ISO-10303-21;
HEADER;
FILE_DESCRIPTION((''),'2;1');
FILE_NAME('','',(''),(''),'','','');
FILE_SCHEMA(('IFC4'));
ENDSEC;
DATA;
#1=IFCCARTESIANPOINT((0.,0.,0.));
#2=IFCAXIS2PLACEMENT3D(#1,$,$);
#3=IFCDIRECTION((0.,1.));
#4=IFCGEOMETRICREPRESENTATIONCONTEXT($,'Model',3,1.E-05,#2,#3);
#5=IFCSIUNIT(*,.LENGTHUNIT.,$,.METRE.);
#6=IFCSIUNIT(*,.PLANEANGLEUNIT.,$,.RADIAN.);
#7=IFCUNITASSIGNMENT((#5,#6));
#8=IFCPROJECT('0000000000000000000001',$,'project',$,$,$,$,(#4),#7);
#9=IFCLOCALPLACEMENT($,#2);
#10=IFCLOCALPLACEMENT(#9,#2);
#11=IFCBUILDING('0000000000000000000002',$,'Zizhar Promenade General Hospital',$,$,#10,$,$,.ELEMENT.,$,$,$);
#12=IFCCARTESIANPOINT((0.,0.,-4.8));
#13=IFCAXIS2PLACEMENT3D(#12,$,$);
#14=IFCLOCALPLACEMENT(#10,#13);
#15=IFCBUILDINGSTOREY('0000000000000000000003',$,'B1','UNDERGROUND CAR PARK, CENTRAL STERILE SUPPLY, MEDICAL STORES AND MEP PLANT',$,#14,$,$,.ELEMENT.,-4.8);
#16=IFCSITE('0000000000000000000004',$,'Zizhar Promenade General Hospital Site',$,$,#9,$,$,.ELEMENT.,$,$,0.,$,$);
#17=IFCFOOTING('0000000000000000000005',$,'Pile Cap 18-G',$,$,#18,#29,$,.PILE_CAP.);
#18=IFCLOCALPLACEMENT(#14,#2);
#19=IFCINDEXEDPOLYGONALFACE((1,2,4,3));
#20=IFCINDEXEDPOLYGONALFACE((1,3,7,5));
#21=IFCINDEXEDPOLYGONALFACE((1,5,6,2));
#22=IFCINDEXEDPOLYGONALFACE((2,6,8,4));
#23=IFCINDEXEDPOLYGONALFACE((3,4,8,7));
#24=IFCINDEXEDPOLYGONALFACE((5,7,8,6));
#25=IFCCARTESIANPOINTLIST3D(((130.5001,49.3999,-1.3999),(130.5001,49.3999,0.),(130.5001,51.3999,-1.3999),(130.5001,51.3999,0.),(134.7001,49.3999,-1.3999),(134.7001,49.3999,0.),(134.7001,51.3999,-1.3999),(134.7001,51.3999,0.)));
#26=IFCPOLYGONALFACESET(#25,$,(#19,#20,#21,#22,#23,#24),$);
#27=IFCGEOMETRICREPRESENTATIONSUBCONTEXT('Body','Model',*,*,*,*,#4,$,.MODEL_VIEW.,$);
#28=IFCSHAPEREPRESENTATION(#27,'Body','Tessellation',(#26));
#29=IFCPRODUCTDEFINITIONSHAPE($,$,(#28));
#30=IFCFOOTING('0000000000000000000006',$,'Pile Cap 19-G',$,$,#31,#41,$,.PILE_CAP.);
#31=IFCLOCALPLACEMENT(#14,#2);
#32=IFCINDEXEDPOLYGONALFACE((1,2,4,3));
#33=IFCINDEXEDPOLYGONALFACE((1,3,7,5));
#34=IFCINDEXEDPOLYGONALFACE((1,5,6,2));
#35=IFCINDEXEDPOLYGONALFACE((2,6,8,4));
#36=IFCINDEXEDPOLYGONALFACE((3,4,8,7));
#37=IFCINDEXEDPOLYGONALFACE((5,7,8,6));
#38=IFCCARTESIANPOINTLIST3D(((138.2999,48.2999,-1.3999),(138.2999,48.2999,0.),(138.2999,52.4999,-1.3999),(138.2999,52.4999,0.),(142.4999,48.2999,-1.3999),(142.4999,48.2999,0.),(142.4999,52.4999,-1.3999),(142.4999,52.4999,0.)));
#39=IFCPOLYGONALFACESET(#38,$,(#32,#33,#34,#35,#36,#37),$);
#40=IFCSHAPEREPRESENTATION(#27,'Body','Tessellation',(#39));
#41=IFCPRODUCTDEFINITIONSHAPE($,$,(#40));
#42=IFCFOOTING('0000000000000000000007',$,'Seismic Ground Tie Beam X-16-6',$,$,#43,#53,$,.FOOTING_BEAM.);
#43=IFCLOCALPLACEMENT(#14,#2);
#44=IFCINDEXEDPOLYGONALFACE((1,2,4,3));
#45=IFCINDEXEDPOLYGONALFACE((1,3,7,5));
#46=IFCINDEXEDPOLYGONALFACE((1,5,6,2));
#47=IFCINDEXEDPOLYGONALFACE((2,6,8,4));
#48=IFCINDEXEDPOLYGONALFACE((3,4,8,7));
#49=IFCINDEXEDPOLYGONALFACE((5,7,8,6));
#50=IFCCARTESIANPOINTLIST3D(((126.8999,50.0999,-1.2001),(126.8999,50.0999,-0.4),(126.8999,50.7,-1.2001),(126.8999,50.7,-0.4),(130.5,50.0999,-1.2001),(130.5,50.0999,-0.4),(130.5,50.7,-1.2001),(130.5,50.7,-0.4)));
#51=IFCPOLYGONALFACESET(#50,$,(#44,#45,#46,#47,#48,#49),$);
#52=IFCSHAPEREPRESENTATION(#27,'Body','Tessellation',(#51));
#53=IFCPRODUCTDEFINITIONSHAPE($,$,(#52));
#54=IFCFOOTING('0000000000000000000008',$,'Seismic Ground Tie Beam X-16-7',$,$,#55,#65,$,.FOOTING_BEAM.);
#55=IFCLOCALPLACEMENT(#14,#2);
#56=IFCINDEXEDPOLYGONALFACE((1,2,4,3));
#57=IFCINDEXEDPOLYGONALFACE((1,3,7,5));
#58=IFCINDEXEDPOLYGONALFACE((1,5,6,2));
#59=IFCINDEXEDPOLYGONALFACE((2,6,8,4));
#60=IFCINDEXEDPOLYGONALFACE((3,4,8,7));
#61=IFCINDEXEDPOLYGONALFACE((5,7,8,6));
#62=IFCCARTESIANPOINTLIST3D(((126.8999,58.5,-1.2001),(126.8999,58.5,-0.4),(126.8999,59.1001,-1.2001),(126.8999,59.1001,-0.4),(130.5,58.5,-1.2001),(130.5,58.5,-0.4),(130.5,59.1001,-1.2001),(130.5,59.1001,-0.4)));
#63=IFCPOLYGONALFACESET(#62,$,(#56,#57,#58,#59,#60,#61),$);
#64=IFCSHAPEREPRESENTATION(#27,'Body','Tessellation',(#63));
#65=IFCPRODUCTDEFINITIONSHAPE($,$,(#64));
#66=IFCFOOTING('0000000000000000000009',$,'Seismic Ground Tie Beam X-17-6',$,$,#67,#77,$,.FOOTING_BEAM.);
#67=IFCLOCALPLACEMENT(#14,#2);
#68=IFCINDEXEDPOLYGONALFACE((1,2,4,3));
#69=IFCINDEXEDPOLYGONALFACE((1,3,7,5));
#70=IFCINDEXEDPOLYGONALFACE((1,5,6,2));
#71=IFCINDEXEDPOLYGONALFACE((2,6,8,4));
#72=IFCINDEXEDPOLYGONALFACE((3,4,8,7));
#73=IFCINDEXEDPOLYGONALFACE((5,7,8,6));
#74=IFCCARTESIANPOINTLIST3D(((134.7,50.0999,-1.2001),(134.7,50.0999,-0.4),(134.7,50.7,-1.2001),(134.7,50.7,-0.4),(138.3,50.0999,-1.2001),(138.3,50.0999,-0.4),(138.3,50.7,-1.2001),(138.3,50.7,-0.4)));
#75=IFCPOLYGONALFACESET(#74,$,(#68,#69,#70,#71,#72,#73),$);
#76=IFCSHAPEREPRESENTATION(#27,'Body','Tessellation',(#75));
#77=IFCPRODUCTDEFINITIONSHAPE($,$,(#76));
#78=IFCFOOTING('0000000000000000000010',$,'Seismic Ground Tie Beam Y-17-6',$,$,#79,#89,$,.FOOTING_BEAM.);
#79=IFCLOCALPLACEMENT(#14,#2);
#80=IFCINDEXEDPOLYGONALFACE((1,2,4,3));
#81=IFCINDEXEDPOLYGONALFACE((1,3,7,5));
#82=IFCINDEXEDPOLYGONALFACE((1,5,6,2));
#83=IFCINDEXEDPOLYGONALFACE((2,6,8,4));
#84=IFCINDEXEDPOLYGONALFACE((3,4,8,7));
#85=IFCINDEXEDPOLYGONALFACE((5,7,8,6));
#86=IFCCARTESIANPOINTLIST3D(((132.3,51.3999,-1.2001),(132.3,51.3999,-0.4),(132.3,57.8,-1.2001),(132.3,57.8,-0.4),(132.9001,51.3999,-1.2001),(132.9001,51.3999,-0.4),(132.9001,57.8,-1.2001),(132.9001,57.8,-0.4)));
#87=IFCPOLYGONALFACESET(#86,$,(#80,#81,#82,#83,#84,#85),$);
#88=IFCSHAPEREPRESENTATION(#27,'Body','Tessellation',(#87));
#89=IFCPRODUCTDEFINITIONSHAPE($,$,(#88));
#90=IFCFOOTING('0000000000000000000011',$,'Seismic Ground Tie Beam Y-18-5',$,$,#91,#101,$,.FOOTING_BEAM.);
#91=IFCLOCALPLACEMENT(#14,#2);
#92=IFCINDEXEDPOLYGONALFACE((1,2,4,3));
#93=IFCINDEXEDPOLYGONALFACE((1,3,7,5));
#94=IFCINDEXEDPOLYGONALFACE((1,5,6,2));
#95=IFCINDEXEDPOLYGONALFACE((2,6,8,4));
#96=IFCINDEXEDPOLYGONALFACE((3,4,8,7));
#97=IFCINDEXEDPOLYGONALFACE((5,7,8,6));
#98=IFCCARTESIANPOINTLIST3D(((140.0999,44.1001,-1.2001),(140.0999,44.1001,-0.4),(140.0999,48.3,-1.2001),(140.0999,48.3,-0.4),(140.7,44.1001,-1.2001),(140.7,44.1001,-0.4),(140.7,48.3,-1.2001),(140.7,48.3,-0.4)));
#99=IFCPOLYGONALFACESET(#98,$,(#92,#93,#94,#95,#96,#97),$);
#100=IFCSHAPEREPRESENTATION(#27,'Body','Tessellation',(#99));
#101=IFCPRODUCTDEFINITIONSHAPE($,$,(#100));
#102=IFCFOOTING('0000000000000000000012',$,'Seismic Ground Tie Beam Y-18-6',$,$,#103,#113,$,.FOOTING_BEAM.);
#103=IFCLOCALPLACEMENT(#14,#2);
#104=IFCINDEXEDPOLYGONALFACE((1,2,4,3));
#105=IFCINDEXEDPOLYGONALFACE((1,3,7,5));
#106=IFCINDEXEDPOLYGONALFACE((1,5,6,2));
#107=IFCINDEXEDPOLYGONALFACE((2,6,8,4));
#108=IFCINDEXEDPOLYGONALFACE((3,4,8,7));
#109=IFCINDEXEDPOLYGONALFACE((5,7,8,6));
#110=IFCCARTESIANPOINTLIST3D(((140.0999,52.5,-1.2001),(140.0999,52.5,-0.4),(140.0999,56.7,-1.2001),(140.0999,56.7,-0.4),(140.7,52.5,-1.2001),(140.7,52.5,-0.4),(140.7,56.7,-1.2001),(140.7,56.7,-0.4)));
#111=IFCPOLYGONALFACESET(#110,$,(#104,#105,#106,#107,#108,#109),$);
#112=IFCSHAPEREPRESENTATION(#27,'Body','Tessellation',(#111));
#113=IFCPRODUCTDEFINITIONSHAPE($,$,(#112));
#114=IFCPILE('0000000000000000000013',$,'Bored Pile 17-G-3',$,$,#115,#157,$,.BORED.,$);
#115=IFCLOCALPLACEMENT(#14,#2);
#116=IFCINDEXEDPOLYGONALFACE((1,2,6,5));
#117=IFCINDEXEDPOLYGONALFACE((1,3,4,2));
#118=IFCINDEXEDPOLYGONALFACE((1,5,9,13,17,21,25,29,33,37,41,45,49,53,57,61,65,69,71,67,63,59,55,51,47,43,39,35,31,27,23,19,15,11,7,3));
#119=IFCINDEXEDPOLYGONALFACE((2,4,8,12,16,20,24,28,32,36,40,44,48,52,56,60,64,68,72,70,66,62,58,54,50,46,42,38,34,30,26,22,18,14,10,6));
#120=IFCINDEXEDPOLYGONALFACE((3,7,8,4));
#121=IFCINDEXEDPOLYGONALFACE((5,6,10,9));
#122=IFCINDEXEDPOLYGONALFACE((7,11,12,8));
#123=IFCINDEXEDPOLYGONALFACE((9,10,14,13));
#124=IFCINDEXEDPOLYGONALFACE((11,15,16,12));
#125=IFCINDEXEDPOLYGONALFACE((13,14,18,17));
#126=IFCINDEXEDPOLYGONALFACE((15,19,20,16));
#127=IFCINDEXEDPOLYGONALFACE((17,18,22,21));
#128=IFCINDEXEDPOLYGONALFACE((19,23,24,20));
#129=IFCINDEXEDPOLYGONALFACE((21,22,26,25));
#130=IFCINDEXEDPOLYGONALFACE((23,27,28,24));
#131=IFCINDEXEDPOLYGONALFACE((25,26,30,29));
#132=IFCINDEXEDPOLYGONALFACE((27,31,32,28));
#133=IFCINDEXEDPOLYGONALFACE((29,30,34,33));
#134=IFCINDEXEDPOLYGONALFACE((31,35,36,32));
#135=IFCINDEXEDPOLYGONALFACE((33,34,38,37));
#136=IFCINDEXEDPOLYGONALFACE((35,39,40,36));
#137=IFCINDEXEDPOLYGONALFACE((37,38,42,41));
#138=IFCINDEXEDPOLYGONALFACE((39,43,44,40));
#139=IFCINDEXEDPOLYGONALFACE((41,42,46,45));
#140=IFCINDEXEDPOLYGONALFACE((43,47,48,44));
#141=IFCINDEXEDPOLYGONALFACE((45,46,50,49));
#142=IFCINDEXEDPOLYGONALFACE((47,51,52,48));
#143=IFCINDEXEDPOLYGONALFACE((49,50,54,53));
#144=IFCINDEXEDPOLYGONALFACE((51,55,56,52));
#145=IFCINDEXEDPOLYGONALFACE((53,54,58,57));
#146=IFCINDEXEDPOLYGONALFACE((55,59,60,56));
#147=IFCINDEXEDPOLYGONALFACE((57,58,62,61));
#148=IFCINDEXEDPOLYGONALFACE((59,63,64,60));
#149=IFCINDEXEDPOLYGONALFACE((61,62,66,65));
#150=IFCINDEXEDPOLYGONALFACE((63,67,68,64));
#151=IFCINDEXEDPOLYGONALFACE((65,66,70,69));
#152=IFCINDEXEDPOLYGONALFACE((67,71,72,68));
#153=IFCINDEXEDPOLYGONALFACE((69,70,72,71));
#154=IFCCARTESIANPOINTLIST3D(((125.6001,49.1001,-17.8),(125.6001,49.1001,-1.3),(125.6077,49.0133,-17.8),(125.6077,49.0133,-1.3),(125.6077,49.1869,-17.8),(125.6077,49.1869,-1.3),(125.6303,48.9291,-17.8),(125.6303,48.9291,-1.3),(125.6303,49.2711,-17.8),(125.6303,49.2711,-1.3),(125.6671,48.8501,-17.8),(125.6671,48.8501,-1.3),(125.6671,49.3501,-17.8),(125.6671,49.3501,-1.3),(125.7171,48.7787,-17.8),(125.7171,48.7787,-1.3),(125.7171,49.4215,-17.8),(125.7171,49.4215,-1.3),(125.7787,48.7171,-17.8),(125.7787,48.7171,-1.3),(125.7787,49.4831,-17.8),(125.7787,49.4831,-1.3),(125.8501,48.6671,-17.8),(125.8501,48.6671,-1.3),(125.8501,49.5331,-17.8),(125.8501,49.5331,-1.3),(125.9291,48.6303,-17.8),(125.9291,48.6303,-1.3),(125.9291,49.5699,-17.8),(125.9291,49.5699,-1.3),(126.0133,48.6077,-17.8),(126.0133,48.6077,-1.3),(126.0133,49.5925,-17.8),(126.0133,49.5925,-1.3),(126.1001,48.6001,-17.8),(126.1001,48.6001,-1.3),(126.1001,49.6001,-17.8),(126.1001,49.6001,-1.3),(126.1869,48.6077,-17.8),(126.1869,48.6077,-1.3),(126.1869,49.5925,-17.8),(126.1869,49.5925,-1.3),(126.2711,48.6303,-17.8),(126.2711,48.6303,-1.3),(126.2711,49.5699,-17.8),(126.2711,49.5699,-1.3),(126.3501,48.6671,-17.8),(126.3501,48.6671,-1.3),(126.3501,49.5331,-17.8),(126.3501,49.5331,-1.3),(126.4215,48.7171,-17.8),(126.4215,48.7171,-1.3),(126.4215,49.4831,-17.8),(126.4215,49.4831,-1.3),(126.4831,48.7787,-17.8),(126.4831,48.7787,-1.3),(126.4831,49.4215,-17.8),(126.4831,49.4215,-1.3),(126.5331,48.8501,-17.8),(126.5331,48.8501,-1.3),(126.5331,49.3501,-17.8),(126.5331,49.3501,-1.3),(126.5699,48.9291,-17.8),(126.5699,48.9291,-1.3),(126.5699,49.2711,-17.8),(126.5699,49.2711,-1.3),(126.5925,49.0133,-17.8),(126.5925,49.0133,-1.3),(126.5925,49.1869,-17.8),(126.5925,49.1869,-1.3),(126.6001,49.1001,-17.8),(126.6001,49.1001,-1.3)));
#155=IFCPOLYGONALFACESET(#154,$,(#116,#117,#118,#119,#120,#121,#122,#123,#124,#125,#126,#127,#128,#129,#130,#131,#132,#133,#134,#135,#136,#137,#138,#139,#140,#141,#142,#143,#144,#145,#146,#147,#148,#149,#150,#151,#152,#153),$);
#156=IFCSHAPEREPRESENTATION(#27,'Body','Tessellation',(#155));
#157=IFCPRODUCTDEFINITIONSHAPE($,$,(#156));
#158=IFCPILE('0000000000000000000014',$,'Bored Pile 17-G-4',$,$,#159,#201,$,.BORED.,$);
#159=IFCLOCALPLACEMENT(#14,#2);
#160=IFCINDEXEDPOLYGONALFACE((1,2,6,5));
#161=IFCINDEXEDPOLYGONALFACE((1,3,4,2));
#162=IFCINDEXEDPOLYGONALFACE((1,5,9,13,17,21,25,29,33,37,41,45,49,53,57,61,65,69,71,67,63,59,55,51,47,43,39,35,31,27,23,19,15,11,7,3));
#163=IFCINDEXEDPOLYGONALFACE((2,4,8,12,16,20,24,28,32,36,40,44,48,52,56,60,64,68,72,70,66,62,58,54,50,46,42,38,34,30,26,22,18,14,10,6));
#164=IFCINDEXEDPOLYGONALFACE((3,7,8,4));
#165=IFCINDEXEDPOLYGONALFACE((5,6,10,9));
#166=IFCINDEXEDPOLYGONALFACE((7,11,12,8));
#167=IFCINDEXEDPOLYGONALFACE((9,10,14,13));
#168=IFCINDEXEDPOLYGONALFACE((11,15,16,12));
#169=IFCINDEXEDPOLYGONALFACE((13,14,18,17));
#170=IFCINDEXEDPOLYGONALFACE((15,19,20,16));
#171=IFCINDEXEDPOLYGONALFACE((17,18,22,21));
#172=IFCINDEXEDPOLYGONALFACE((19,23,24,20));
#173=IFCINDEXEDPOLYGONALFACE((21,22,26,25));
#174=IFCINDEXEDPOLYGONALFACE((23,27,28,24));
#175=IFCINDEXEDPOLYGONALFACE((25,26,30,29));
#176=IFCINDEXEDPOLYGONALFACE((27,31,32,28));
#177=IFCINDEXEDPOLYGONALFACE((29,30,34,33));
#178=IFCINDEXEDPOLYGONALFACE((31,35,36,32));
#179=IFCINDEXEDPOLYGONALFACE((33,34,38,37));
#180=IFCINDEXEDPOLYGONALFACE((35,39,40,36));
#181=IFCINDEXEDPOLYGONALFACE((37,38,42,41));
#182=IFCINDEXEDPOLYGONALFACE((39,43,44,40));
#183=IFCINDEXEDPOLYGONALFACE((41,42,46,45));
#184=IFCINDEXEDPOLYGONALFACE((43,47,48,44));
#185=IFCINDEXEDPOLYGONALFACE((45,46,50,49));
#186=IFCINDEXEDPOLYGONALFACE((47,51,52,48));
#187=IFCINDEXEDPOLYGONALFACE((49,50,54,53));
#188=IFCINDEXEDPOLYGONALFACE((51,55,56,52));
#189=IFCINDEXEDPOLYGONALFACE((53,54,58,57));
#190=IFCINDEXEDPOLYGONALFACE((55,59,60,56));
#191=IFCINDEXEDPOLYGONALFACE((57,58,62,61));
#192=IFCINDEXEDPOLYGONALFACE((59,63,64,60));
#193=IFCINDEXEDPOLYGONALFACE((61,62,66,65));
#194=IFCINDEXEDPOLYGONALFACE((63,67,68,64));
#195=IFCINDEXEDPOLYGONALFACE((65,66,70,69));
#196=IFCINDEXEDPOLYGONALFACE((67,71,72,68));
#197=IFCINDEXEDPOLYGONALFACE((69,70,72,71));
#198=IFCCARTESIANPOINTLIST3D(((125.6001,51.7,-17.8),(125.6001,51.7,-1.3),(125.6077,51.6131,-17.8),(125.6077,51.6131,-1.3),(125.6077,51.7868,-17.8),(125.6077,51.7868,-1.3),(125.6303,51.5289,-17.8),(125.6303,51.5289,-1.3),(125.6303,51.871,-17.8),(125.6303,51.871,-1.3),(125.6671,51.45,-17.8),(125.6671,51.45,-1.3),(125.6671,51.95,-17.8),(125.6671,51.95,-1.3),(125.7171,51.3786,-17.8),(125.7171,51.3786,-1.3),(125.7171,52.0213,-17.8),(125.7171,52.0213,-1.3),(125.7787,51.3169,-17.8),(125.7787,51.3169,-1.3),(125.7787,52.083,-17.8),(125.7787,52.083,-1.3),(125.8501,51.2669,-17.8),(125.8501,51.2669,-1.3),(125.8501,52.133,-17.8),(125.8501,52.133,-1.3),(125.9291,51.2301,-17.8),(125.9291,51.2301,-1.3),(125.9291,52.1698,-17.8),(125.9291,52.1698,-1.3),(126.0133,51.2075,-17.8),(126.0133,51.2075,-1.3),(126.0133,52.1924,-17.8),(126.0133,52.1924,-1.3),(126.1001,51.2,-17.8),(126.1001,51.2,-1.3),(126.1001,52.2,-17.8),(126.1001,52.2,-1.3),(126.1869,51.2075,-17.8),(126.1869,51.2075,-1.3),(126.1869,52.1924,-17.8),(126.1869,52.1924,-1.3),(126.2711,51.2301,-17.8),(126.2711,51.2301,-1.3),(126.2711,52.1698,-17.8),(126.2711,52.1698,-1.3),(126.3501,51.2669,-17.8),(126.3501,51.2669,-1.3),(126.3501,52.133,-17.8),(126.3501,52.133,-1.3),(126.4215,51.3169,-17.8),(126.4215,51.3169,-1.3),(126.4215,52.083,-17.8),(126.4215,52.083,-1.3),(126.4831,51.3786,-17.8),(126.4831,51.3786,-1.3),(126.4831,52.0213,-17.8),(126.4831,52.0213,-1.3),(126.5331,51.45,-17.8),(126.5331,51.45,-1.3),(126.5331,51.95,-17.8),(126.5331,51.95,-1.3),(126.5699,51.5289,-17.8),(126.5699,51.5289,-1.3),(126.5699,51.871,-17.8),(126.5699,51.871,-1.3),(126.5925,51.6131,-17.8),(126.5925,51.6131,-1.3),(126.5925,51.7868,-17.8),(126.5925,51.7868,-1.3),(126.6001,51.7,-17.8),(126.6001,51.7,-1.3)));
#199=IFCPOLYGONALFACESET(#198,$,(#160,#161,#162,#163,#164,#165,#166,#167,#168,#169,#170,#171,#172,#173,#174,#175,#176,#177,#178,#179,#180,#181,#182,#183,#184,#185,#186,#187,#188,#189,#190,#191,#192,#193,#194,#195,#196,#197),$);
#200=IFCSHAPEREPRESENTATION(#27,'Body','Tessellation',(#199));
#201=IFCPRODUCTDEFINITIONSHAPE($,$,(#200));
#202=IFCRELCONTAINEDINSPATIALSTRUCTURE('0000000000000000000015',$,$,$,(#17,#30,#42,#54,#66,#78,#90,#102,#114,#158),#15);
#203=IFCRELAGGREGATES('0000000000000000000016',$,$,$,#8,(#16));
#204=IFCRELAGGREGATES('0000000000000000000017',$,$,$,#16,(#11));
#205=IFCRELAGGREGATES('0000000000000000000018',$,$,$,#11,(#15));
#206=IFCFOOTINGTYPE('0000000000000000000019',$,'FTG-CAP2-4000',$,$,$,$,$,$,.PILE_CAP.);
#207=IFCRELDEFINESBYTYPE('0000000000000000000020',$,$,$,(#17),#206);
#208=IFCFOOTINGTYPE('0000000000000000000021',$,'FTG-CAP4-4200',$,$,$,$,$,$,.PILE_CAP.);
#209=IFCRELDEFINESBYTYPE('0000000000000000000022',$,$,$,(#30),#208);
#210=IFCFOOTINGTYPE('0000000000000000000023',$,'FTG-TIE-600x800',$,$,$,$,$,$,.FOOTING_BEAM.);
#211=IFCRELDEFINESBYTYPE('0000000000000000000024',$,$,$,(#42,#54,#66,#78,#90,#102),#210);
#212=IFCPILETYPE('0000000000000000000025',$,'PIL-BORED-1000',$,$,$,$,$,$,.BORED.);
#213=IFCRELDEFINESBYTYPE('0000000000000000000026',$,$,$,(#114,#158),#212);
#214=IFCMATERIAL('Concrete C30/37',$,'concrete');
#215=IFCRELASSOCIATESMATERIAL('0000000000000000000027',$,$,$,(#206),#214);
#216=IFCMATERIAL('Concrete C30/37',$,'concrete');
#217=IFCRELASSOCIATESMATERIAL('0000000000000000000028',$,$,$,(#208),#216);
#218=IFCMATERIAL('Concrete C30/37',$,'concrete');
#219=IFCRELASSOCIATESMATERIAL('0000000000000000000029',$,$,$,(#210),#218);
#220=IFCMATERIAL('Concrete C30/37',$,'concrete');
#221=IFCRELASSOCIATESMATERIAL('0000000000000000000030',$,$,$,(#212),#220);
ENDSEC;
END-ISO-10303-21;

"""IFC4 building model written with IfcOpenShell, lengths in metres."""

from ifc_helpers import new_model, si_unit, direction, frame, origin, origin_2d, place, context, subcontext, project, spatial, rectangle, circle, extrude, material, material_profile, profile_set, type_object, element, save


model = new_model("IFC4")

# Units and contexts
model_context = context("Model", 3, precision=1e-05, world=origin(), true_north=direction((0.0, 1.0)))
body_context = subcontext(model_context, "Body", "Model", "MODEL_VIEW")
ifc_project = project(units=[si_unit("LENGTHUNIT", "METRE"), si_unit("PLANEANGLEUNIT", "RADIAN")], contexts=[model_context])

# Site, building, storey
site_placement = place(None, origin())
site = spatial("IfcSite", under=ifc_project, at=site_placement, Name="Zizhar Promenade General Hospital Site", CompositionType="ELEMENT", RefElevation=0.0)
building_placement = place(site_placement, origin())
building = spatial("IfcBuilding", under=site, at=building_placement, Name="Zizhar Promenade General Hospital", CompositionType="ELEMENT")
storey_placement = place(building_placement, frame((0.0, 0.0, -4.8)))
storey = spatial("IfcBuildingStorey", under=building, at=storey_placement, Name="B1", Description="UNDERGROUND CAR PARK, CENTRAL STERILE SUPPLY, MEDICAL STORES AND MEP PLANT", CompositionType="ELEMENT", Elevation=-4.8)

# Footings
ifc_material_1 = material(Name="Concrete C30/37", Category="concrete")
footing_type_1 = type_object("IfcFootingType", Name="FTG-CAP2-4000", PredefinedType="PILE_CAP", material=ifc_material_1)
footing_1_placement = place(storey_placement, frame((132.6001, 50.3999, -1.3999), z_axis=(0.0, 0.0, 1.0), x_axis=(1.0, 0.0, 0.0)))
element("IfcFooting", 1, at=footing_1_placement, inside=storey, type_object=footing_type_1, Name="Pile Cap 18-G", PredefinedType="PILE_CAP", context=body_context, shape_type="SweptSolid", body=[
    extrude(rectangle(XDim=4.2, YDim=2.0, at=origin_2d()), origin(), (0.0, 0.0, 1.0), 1.3999),
])
ifc_material_2 = material(Name="Concrete C30/37", Category="concrete")
footing_type_2 = type_object("IfcFootingType", Name="FTG-CAP4-4200", PredefinedType="PILE_CAP", material=ifc_material_2)
footing_2_placement = place(storey_placement, frame((140.3999, 50.3999, -1.3999), z_axis=(0.0, 0.0, 1.0), x_axis=(1.0, 0.0, 0.0)))
element("IfcFooting", 2, at=footing_2_placement, inside=storey, type_object=footing_type_2, Name="Pile Cap 19-G", PredefinedType="PILE_CAP", context=body_context, shape_type="SweptSolid", body=[
    extrude(rectangle(XDim=4.2, YDim=4.2, at=origin_2d()), origin(), (0.0, 0.0, 1.0), 1.3999),
])
ifc_material_3 = material(Name="Concrete C30/37", Category="concrete")
ifc_material_profile_1 = material_profile(ifc_material_3, rectangle(XDim=0.6001, YDim=0.8, at=origin_2d()))
ifc_profile_set_1 = profile_set([ifc_material_profile_1], Name="Concrete C30/37")
footing_type_3 = type_object("IfcFootingType", Name="FTG-TIE-600x800", PredefinedType="FOOTING_BEAM", material=ifc_profile_set_1)
for number, where, z_axis, x_axis, name in (
    (3, (126.8999, 50.3999, -0.8), (1.0, 0.0, 0.0), (0.0, 1.0, 0.0), "Seismic Ground Tie Beam X-16-6"),
    (4, (126.8999, 58.8, -0.8), (1.0, 0.0, 0.0), (0.0, 1.0, 0.0), "Seismic Ground Tie Beam X-16-7"),
    (5, (134.7, 50.3999, -0.8), (1.0, 0.0, 0.0), (0.0, 1.0, 0.0), "Seismic Ground Tie Beam X-17-6"),
):
    element("IfcFooting", number, at=place(storey_placement, frame(where, z_axis=z_axis, x_axis=x_axis)), inside=storey, type_object=footing_type_3, Name=name, PredefinedType="FOOTING_BEAM", context=body_context, shape_type="SweptSolid", body=[
        extrude(rectangle(XDim=0.6001, YDim=0.8, at=origin_2d()), origin(), (0.0, 0.0, 1.0), 3.6001),
    ])
footing_3_placement = place(storey_placement, frame((132.6001, 51.3999, -0.8), z_axis=(0.0, 1.0, 0.0), x_axis=(-1.0, 0.0, 0.0)))
element("IfcFooting", 6, at=footing_3_placement, inside=storey, type_object=footing_type_3, Name="Seismic Ground Tie Beam Y-17-6", PredefinedType="FOOTING_BEAM", context=body_context, shape_type="SweptSolid", body=[
    extrude(rectangle(XDim=0.6001, YDim=0.8, at=origin_2d()), origin(), (0.0, 0.0, 1.0), 6.4001),
])
for number, where, z_axis, x_axis, name in (
    (7, (140.3999, 44.1001, -0.8), (0.0, 1.0, 0.0), (-1.0, 0.0, 0.0), "Seismic Ground Tie Beam Y-18-5"),
    (8, (140.3999, 52.5, -0.8), (0.0, 1.0, 0.0), (-1.0, 0.0, 0.0), "Seismic Ground Tie Beam Y-18-6"),
):
    element("IfcFooting", number, at=place(storey_placement, frame(where, z_axis=z_axis, x_axis=x_axis)), inside=storey, type_object=footing_type_3, Name=name, PredefinedType="FOOTING_BEAM", context=body_context, shape_type="SweptSolid", body=[
        extrude(rectangle(XDim=0.6001, YDim=0.8, at=origin_2d()), origin(), (0.0, 0.0, 1.0), 4.2),
    ])

# Piles
ifc_material_4 = material(Name="Concrete C30/37", Category="concrete")
ifc_material_profile_2 = material_profile(ifc_material_4, circle(Radius=0.5, at=origin_2d()))
ifc_profile_set_2 = profile_set([ifc_material_profile_2], Name="Concrete C30/37")
pile_type = type_object("IfcPileType", Name="PIL-BORED-1000", PredefinedType="BORED", material=ifc_profile_set_2)
for number, where, z_axis, x_axis, name in (
    (9, (126.1001, 49.1001, -1.3), (0.0, 0.0, -1.0), (1.0, 0.0, 0.0), "Bored Pile 17-G-3"),
    (10, (126.1001, 51.7, -1.3), (0.0, 0.0, -1.0), (1.0, 0.0, 0.0), "Bored Pile 17-G-4"),
):
    element("IfcPile", number, at=place(storey_placement, frame(where, z_axis=z_axis, x_axis=x_axis)), inside=storey, type_object=pile_type, Name=name, PredefinedType="BORED", context=body_context, shape_type="SweptSolid", body=[
        extrude(circle(Radius=0.5, at=origin_2d()), origin(), (0.0, 0.0, 1.0), 16.5),
    ])

save(model, "model.ifc")
